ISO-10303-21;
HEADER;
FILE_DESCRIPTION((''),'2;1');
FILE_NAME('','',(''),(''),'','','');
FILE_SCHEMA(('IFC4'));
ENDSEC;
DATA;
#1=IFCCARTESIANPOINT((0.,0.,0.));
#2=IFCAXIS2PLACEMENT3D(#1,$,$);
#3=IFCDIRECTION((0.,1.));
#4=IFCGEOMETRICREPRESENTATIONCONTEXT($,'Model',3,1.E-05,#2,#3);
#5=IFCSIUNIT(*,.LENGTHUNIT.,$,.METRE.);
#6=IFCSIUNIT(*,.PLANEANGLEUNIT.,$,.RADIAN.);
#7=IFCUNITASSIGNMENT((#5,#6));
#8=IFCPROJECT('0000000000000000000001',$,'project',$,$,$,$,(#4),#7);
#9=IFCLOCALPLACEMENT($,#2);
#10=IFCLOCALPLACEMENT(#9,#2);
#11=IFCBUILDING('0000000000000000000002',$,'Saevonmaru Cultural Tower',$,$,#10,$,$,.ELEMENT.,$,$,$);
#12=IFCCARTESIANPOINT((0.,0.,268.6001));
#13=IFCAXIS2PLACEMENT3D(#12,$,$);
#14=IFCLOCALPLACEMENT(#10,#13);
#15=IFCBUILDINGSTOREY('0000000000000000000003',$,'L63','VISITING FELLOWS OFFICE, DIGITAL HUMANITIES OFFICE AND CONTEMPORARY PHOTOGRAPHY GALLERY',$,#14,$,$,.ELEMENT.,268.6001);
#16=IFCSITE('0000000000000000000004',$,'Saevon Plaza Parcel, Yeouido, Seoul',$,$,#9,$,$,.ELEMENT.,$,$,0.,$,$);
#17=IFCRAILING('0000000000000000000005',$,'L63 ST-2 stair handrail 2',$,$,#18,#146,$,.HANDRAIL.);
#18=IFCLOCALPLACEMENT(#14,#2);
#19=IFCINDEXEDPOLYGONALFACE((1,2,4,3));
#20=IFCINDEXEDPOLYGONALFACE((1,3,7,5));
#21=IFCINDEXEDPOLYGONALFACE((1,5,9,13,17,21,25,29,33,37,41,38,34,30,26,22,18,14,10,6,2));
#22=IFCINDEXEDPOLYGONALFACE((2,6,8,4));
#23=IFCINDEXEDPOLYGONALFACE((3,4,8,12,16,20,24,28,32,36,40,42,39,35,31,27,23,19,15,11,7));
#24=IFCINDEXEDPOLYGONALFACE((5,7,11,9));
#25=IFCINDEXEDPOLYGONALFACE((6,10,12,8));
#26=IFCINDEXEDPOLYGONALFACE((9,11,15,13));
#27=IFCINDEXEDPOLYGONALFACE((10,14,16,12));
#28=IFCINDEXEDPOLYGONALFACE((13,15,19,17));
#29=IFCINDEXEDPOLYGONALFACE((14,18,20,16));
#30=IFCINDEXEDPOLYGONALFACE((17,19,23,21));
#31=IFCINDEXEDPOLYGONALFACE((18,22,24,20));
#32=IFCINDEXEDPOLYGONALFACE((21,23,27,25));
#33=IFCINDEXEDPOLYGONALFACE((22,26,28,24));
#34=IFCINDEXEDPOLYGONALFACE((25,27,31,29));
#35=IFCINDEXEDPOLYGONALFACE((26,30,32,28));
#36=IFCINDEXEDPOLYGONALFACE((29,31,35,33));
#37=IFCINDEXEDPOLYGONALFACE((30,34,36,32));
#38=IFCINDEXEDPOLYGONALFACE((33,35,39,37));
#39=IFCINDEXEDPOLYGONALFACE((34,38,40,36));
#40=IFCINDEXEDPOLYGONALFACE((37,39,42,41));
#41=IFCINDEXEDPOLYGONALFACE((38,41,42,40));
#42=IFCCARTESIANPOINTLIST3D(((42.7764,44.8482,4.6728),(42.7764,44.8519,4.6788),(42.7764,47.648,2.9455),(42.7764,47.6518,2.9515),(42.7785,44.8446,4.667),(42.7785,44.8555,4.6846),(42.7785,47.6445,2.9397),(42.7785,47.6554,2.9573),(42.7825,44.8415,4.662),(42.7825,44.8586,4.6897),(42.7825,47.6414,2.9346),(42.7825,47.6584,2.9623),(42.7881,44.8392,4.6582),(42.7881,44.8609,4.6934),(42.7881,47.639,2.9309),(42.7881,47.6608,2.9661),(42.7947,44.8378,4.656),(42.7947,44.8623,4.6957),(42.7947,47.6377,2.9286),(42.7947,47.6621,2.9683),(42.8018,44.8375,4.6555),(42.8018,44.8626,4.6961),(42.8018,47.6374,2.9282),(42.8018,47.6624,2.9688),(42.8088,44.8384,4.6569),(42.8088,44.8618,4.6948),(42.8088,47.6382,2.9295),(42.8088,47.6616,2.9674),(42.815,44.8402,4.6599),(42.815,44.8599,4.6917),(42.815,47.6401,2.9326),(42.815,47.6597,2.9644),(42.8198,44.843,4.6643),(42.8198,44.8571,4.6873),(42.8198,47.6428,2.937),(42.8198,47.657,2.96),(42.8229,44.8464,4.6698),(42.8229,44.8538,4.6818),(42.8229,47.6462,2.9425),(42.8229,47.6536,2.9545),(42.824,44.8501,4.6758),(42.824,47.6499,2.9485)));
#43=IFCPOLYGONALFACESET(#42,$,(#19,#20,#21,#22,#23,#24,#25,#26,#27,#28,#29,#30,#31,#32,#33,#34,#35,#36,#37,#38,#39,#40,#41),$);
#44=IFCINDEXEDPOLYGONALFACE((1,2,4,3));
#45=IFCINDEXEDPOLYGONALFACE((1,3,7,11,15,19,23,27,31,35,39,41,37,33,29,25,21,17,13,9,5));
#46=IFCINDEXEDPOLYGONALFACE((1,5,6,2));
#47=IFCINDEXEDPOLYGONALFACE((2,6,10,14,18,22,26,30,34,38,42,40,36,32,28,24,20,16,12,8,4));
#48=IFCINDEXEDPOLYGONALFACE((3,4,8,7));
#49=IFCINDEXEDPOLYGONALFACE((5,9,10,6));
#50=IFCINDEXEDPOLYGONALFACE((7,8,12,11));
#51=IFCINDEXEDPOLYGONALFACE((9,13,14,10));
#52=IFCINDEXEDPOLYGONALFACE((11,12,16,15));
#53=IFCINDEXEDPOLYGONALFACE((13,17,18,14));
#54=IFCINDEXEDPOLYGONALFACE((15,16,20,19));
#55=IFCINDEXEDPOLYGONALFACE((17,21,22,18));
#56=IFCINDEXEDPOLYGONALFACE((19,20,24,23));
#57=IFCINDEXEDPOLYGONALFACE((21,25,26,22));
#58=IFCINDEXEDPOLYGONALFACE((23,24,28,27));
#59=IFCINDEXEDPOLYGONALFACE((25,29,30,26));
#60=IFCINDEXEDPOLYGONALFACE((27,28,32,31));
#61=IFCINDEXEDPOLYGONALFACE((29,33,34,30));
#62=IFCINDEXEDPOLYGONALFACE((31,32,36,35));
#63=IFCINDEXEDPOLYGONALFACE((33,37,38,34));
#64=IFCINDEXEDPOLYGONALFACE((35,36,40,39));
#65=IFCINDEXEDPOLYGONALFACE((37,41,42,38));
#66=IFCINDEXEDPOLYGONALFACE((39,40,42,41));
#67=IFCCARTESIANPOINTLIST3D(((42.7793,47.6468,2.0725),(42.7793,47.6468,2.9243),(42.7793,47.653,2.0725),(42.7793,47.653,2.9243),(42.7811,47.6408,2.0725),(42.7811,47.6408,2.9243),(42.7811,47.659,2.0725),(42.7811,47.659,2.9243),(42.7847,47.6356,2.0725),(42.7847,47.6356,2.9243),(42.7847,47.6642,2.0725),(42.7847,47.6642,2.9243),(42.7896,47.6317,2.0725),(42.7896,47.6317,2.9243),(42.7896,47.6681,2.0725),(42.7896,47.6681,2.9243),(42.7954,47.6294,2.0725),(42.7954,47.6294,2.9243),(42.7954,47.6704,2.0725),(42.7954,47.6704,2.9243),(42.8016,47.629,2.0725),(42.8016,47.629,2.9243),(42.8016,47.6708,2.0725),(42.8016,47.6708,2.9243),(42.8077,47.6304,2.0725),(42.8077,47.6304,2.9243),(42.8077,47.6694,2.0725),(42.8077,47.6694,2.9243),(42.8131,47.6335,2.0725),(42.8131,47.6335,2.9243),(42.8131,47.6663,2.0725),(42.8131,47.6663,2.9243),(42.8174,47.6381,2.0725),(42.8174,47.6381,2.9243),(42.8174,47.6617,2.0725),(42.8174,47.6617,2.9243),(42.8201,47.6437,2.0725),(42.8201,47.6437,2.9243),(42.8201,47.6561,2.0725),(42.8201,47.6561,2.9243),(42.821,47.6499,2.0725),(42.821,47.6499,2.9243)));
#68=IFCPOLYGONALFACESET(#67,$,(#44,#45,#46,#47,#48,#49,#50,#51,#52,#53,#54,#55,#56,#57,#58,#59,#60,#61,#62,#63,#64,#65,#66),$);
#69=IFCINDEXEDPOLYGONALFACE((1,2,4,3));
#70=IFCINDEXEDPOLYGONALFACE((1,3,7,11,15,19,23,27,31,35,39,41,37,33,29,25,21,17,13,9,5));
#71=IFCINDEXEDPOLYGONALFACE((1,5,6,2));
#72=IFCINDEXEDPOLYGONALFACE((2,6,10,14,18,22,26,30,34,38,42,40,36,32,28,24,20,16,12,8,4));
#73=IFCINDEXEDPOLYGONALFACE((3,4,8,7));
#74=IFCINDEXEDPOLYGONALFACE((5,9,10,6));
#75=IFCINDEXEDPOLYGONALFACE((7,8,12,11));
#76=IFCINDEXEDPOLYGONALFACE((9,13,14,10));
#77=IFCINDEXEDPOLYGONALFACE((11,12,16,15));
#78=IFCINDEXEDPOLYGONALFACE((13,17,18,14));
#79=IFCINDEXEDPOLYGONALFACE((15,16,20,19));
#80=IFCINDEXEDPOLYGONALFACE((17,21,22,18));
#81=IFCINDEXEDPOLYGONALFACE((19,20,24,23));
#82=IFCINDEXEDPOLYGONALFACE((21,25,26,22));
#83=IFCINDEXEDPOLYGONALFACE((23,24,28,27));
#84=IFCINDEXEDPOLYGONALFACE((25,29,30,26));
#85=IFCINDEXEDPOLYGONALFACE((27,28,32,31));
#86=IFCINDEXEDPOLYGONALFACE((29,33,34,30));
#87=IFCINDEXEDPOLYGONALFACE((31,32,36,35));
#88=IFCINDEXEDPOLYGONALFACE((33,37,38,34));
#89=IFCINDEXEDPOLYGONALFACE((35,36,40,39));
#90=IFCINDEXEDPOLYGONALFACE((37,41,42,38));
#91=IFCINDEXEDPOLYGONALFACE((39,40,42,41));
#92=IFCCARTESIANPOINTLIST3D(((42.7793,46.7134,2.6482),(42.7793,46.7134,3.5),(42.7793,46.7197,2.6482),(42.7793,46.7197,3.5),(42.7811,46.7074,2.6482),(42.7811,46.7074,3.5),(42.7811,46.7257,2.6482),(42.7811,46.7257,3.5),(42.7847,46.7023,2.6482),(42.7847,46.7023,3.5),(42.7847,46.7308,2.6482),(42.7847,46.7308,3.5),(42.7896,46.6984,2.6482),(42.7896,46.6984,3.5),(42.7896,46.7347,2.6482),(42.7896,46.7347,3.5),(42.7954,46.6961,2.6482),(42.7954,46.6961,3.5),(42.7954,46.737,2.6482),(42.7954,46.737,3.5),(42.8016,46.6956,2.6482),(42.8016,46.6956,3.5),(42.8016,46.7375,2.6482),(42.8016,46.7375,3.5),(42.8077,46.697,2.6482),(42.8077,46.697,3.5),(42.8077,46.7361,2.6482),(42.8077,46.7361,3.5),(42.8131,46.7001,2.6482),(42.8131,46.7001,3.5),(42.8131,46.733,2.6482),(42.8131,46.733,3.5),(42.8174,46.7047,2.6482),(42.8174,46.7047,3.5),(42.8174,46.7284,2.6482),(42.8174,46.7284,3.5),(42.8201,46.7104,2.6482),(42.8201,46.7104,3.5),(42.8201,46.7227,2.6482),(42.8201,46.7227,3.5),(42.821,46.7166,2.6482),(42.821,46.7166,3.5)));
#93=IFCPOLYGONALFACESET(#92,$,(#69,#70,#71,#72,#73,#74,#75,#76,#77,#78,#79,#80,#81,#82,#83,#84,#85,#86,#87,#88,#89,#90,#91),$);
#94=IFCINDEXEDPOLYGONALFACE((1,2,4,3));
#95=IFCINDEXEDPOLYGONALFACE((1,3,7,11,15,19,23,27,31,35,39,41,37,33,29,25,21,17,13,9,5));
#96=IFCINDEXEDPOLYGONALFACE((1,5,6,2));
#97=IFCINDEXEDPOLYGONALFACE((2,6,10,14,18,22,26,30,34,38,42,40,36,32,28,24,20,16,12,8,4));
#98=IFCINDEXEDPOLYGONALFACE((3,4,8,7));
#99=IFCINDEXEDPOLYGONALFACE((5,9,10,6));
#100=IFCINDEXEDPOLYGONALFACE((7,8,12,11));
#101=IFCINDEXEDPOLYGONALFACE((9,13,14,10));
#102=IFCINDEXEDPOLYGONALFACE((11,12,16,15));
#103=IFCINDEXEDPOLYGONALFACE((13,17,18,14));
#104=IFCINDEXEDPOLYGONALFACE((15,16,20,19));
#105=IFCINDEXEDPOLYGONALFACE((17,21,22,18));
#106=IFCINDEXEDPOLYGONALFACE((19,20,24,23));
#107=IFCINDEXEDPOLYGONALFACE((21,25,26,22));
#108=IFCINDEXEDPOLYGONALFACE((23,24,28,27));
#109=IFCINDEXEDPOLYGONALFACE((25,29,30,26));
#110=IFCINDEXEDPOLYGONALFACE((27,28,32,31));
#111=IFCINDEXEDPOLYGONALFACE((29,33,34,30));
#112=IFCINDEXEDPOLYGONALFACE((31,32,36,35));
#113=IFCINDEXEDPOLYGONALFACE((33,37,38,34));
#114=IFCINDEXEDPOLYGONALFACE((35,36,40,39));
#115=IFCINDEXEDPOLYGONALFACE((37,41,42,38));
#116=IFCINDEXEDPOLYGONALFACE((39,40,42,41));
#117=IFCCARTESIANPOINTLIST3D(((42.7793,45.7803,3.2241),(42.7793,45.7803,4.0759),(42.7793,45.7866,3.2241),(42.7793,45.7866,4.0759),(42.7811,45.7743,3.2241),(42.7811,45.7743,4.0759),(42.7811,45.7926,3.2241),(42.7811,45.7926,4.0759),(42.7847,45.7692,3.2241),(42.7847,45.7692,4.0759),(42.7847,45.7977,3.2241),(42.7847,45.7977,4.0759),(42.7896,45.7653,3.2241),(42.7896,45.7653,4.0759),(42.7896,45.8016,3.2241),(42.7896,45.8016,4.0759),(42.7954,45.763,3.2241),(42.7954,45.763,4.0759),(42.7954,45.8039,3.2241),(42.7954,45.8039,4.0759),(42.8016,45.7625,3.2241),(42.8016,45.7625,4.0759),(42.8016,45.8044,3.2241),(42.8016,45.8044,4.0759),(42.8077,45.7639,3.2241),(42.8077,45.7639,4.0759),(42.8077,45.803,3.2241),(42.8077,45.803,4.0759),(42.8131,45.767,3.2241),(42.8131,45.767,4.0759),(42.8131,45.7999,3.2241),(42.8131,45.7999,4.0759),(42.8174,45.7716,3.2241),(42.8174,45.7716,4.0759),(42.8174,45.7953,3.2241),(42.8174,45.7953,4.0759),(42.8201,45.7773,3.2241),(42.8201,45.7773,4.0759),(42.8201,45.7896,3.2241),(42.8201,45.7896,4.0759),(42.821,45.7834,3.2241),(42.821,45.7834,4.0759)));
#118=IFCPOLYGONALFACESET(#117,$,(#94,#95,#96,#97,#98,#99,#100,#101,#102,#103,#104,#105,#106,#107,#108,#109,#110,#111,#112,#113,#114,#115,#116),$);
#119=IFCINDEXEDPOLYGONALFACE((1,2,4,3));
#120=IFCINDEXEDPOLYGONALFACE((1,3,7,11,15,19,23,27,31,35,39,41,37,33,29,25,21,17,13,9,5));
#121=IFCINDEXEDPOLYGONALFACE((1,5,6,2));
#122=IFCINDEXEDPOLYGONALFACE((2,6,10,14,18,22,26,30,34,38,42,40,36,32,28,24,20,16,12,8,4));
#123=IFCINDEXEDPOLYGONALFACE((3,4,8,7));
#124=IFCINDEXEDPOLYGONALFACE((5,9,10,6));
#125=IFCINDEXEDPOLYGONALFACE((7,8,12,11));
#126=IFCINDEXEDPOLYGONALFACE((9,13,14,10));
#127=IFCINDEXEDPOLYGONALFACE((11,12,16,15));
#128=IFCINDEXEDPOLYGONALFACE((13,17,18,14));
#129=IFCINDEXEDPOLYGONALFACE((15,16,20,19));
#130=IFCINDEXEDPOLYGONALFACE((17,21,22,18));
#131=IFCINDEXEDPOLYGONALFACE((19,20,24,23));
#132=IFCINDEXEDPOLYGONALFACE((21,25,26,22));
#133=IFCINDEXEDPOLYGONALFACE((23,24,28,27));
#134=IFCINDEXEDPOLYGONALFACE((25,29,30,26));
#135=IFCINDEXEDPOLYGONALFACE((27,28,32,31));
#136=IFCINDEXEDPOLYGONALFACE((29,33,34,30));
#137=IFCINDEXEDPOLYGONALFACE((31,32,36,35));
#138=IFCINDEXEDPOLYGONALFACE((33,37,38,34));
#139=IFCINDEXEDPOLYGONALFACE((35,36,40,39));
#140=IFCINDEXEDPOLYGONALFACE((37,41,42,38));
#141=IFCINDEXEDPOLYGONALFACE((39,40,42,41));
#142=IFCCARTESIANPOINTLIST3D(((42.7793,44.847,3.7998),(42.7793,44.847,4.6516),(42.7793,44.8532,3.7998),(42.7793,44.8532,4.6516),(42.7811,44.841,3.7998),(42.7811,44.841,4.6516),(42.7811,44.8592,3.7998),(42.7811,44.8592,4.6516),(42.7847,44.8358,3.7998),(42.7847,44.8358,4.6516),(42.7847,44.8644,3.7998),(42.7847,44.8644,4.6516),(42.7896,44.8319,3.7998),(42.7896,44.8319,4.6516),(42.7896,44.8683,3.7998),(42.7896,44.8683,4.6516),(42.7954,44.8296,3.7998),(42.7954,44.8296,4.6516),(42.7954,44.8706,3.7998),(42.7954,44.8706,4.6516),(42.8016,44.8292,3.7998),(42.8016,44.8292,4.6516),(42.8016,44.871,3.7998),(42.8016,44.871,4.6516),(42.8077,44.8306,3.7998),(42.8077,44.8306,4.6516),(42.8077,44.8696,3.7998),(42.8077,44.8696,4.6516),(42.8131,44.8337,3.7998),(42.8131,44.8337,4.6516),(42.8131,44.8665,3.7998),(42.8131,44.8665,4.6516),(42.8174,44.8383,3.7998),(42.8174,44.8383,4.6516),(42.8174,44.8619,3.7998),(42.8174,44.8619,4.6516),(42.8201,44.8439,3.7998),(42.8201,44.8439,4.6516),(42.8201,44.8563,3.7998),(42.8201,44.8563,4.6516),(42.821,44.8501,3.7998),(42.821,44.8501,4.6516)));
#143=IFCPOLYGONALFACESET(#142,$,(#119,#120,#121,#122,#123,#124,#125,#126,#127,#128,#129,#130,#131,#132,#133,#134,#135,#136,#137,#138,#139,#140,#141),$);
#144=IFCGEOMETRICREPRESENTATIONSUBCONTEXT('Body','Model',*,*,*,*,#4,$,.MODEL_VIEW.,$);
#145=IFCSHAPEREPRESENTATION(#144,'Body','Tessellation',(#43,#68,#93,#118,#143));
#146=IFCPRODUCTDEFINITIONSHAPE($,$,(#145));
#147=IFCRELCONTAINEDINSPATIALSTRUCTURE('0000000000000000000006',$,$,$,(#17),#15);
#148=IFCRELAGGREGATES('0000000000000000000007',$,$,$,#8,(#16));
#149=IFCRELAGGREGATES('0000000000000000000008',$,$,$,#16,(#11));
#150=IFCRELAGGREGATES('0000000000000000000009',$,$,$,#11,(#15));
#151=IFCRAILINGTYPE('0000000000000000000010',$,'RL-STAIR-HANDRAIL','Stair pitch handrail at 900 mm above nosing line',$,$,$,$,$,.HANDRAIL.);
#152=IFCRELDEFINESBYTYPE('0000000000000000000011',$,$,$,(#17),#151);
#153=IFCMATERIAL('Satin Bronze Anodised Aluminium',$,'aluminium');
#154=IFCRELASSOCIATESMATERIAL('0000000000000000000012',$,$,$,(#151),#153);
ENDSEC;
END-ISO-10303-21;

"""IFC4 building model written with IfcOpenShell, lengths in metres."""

from ifc_helpers import new_model, si_unit, direction, frame, origin, origin_2d, place, context, subcontext, project, spatial, circle, extrude, material, type_object, element, save


model = new_model("IFC4")

# Units and contexts
model_context = context("Model", 3, precision=1e-05, world=origin(), true_north=direction((0.0, 1.0)))
body_context = subcontext(model_context, "Body", "Model", "MODEL_VIEW")
ifc_project = project(units=[si_unit("LENGTHUNIT", "METRE"), si_unit("PLANEANGLEUNIT", "RADIAN")], contexts=[model_context])

# Site, building, storey
site_placement = place(None, origin())
site = spatial("IfcSite", under=ifc_project, at=site_placement, Name="Saevon Plaza Parcel, Yeouido, Seoul", CompositionType="ELEMENT", RefElevation=0.0)
building_placement = place(site_placement, origin())
building = spatial("IfcBuilding", under=site, at=building_placement, Name="Saevonmaru Cultural Tower", CompositionType="ELEMENT")
storey_placement = place(building_placement, frame((0.0, 0.0, 268.6001)))
storey = spatial("IfcBuildingStorey", under=building, at=storey_placement, Name="L63", Description="VISITING FELLOWS OFFICE, DIGITAL HUMANITIES OFFICE AND CONTEMPORARY PHOTOGRAPHY GALLERY", CompositionType="ELEMENT", Elevation=268.6001)

# Shared definitions
ifc_material_1 = material(Name="Satin Bronze Anodised Aluminium", Category="aluminium")

# Railing
railing_type_1 = type_object("IfcRailingType", Name="RL-STAIR-HANDRAIL", Description="Stair pitch handrail at 900 mm above nosing line", PredefinedType="HANDRAIL", material=ifc_material_1)
railing_1_placement = place(storey_placement, frame((42.8, 47.6499, 2.0725)))
element("IfcRailing", 1, at=railing_1_placement, inside=storey, type_object=railing_type_1, Name="L63 ST-2 stair handrail 2", PredefinedType="HANDRAIL", context=body_context, shape_type="SweptSolid", body=[
    extrude(circle(Radius=0.0239, at=origin_2d()), frame((0.0, 0.0, 0.876), z_axis=(0.0, -0.851069, 0.525054), x_axis=(1.0, 0.0, 0.0)), (0.0, 0.0, 1.0), 3.2898),
    extrude(circle(Radius=0.021, at=origin_2d()), origin(), (0.0, 0.0, 1.0), 0.8518),
    extrude(circle(Radius=0.021, at=origin_2d()), frame((0.0, -0.9333, 0.5757)), (0.0, 0.0, 1.0), 0.8518),
    extrude(circle(Radius=0.021, at=origin_2d()), frame((0.0, -1.8665, 1.1516)), (0.0, 0.0, 1.0), 0.8518),
    extrude(circle(Radius=0.021, at=origin_2d()), frame((0.0, -2.7998, 1.7273)), (0.0, 0.0, 1.0), 0.8518),
])

save(model, "model.ifc")
